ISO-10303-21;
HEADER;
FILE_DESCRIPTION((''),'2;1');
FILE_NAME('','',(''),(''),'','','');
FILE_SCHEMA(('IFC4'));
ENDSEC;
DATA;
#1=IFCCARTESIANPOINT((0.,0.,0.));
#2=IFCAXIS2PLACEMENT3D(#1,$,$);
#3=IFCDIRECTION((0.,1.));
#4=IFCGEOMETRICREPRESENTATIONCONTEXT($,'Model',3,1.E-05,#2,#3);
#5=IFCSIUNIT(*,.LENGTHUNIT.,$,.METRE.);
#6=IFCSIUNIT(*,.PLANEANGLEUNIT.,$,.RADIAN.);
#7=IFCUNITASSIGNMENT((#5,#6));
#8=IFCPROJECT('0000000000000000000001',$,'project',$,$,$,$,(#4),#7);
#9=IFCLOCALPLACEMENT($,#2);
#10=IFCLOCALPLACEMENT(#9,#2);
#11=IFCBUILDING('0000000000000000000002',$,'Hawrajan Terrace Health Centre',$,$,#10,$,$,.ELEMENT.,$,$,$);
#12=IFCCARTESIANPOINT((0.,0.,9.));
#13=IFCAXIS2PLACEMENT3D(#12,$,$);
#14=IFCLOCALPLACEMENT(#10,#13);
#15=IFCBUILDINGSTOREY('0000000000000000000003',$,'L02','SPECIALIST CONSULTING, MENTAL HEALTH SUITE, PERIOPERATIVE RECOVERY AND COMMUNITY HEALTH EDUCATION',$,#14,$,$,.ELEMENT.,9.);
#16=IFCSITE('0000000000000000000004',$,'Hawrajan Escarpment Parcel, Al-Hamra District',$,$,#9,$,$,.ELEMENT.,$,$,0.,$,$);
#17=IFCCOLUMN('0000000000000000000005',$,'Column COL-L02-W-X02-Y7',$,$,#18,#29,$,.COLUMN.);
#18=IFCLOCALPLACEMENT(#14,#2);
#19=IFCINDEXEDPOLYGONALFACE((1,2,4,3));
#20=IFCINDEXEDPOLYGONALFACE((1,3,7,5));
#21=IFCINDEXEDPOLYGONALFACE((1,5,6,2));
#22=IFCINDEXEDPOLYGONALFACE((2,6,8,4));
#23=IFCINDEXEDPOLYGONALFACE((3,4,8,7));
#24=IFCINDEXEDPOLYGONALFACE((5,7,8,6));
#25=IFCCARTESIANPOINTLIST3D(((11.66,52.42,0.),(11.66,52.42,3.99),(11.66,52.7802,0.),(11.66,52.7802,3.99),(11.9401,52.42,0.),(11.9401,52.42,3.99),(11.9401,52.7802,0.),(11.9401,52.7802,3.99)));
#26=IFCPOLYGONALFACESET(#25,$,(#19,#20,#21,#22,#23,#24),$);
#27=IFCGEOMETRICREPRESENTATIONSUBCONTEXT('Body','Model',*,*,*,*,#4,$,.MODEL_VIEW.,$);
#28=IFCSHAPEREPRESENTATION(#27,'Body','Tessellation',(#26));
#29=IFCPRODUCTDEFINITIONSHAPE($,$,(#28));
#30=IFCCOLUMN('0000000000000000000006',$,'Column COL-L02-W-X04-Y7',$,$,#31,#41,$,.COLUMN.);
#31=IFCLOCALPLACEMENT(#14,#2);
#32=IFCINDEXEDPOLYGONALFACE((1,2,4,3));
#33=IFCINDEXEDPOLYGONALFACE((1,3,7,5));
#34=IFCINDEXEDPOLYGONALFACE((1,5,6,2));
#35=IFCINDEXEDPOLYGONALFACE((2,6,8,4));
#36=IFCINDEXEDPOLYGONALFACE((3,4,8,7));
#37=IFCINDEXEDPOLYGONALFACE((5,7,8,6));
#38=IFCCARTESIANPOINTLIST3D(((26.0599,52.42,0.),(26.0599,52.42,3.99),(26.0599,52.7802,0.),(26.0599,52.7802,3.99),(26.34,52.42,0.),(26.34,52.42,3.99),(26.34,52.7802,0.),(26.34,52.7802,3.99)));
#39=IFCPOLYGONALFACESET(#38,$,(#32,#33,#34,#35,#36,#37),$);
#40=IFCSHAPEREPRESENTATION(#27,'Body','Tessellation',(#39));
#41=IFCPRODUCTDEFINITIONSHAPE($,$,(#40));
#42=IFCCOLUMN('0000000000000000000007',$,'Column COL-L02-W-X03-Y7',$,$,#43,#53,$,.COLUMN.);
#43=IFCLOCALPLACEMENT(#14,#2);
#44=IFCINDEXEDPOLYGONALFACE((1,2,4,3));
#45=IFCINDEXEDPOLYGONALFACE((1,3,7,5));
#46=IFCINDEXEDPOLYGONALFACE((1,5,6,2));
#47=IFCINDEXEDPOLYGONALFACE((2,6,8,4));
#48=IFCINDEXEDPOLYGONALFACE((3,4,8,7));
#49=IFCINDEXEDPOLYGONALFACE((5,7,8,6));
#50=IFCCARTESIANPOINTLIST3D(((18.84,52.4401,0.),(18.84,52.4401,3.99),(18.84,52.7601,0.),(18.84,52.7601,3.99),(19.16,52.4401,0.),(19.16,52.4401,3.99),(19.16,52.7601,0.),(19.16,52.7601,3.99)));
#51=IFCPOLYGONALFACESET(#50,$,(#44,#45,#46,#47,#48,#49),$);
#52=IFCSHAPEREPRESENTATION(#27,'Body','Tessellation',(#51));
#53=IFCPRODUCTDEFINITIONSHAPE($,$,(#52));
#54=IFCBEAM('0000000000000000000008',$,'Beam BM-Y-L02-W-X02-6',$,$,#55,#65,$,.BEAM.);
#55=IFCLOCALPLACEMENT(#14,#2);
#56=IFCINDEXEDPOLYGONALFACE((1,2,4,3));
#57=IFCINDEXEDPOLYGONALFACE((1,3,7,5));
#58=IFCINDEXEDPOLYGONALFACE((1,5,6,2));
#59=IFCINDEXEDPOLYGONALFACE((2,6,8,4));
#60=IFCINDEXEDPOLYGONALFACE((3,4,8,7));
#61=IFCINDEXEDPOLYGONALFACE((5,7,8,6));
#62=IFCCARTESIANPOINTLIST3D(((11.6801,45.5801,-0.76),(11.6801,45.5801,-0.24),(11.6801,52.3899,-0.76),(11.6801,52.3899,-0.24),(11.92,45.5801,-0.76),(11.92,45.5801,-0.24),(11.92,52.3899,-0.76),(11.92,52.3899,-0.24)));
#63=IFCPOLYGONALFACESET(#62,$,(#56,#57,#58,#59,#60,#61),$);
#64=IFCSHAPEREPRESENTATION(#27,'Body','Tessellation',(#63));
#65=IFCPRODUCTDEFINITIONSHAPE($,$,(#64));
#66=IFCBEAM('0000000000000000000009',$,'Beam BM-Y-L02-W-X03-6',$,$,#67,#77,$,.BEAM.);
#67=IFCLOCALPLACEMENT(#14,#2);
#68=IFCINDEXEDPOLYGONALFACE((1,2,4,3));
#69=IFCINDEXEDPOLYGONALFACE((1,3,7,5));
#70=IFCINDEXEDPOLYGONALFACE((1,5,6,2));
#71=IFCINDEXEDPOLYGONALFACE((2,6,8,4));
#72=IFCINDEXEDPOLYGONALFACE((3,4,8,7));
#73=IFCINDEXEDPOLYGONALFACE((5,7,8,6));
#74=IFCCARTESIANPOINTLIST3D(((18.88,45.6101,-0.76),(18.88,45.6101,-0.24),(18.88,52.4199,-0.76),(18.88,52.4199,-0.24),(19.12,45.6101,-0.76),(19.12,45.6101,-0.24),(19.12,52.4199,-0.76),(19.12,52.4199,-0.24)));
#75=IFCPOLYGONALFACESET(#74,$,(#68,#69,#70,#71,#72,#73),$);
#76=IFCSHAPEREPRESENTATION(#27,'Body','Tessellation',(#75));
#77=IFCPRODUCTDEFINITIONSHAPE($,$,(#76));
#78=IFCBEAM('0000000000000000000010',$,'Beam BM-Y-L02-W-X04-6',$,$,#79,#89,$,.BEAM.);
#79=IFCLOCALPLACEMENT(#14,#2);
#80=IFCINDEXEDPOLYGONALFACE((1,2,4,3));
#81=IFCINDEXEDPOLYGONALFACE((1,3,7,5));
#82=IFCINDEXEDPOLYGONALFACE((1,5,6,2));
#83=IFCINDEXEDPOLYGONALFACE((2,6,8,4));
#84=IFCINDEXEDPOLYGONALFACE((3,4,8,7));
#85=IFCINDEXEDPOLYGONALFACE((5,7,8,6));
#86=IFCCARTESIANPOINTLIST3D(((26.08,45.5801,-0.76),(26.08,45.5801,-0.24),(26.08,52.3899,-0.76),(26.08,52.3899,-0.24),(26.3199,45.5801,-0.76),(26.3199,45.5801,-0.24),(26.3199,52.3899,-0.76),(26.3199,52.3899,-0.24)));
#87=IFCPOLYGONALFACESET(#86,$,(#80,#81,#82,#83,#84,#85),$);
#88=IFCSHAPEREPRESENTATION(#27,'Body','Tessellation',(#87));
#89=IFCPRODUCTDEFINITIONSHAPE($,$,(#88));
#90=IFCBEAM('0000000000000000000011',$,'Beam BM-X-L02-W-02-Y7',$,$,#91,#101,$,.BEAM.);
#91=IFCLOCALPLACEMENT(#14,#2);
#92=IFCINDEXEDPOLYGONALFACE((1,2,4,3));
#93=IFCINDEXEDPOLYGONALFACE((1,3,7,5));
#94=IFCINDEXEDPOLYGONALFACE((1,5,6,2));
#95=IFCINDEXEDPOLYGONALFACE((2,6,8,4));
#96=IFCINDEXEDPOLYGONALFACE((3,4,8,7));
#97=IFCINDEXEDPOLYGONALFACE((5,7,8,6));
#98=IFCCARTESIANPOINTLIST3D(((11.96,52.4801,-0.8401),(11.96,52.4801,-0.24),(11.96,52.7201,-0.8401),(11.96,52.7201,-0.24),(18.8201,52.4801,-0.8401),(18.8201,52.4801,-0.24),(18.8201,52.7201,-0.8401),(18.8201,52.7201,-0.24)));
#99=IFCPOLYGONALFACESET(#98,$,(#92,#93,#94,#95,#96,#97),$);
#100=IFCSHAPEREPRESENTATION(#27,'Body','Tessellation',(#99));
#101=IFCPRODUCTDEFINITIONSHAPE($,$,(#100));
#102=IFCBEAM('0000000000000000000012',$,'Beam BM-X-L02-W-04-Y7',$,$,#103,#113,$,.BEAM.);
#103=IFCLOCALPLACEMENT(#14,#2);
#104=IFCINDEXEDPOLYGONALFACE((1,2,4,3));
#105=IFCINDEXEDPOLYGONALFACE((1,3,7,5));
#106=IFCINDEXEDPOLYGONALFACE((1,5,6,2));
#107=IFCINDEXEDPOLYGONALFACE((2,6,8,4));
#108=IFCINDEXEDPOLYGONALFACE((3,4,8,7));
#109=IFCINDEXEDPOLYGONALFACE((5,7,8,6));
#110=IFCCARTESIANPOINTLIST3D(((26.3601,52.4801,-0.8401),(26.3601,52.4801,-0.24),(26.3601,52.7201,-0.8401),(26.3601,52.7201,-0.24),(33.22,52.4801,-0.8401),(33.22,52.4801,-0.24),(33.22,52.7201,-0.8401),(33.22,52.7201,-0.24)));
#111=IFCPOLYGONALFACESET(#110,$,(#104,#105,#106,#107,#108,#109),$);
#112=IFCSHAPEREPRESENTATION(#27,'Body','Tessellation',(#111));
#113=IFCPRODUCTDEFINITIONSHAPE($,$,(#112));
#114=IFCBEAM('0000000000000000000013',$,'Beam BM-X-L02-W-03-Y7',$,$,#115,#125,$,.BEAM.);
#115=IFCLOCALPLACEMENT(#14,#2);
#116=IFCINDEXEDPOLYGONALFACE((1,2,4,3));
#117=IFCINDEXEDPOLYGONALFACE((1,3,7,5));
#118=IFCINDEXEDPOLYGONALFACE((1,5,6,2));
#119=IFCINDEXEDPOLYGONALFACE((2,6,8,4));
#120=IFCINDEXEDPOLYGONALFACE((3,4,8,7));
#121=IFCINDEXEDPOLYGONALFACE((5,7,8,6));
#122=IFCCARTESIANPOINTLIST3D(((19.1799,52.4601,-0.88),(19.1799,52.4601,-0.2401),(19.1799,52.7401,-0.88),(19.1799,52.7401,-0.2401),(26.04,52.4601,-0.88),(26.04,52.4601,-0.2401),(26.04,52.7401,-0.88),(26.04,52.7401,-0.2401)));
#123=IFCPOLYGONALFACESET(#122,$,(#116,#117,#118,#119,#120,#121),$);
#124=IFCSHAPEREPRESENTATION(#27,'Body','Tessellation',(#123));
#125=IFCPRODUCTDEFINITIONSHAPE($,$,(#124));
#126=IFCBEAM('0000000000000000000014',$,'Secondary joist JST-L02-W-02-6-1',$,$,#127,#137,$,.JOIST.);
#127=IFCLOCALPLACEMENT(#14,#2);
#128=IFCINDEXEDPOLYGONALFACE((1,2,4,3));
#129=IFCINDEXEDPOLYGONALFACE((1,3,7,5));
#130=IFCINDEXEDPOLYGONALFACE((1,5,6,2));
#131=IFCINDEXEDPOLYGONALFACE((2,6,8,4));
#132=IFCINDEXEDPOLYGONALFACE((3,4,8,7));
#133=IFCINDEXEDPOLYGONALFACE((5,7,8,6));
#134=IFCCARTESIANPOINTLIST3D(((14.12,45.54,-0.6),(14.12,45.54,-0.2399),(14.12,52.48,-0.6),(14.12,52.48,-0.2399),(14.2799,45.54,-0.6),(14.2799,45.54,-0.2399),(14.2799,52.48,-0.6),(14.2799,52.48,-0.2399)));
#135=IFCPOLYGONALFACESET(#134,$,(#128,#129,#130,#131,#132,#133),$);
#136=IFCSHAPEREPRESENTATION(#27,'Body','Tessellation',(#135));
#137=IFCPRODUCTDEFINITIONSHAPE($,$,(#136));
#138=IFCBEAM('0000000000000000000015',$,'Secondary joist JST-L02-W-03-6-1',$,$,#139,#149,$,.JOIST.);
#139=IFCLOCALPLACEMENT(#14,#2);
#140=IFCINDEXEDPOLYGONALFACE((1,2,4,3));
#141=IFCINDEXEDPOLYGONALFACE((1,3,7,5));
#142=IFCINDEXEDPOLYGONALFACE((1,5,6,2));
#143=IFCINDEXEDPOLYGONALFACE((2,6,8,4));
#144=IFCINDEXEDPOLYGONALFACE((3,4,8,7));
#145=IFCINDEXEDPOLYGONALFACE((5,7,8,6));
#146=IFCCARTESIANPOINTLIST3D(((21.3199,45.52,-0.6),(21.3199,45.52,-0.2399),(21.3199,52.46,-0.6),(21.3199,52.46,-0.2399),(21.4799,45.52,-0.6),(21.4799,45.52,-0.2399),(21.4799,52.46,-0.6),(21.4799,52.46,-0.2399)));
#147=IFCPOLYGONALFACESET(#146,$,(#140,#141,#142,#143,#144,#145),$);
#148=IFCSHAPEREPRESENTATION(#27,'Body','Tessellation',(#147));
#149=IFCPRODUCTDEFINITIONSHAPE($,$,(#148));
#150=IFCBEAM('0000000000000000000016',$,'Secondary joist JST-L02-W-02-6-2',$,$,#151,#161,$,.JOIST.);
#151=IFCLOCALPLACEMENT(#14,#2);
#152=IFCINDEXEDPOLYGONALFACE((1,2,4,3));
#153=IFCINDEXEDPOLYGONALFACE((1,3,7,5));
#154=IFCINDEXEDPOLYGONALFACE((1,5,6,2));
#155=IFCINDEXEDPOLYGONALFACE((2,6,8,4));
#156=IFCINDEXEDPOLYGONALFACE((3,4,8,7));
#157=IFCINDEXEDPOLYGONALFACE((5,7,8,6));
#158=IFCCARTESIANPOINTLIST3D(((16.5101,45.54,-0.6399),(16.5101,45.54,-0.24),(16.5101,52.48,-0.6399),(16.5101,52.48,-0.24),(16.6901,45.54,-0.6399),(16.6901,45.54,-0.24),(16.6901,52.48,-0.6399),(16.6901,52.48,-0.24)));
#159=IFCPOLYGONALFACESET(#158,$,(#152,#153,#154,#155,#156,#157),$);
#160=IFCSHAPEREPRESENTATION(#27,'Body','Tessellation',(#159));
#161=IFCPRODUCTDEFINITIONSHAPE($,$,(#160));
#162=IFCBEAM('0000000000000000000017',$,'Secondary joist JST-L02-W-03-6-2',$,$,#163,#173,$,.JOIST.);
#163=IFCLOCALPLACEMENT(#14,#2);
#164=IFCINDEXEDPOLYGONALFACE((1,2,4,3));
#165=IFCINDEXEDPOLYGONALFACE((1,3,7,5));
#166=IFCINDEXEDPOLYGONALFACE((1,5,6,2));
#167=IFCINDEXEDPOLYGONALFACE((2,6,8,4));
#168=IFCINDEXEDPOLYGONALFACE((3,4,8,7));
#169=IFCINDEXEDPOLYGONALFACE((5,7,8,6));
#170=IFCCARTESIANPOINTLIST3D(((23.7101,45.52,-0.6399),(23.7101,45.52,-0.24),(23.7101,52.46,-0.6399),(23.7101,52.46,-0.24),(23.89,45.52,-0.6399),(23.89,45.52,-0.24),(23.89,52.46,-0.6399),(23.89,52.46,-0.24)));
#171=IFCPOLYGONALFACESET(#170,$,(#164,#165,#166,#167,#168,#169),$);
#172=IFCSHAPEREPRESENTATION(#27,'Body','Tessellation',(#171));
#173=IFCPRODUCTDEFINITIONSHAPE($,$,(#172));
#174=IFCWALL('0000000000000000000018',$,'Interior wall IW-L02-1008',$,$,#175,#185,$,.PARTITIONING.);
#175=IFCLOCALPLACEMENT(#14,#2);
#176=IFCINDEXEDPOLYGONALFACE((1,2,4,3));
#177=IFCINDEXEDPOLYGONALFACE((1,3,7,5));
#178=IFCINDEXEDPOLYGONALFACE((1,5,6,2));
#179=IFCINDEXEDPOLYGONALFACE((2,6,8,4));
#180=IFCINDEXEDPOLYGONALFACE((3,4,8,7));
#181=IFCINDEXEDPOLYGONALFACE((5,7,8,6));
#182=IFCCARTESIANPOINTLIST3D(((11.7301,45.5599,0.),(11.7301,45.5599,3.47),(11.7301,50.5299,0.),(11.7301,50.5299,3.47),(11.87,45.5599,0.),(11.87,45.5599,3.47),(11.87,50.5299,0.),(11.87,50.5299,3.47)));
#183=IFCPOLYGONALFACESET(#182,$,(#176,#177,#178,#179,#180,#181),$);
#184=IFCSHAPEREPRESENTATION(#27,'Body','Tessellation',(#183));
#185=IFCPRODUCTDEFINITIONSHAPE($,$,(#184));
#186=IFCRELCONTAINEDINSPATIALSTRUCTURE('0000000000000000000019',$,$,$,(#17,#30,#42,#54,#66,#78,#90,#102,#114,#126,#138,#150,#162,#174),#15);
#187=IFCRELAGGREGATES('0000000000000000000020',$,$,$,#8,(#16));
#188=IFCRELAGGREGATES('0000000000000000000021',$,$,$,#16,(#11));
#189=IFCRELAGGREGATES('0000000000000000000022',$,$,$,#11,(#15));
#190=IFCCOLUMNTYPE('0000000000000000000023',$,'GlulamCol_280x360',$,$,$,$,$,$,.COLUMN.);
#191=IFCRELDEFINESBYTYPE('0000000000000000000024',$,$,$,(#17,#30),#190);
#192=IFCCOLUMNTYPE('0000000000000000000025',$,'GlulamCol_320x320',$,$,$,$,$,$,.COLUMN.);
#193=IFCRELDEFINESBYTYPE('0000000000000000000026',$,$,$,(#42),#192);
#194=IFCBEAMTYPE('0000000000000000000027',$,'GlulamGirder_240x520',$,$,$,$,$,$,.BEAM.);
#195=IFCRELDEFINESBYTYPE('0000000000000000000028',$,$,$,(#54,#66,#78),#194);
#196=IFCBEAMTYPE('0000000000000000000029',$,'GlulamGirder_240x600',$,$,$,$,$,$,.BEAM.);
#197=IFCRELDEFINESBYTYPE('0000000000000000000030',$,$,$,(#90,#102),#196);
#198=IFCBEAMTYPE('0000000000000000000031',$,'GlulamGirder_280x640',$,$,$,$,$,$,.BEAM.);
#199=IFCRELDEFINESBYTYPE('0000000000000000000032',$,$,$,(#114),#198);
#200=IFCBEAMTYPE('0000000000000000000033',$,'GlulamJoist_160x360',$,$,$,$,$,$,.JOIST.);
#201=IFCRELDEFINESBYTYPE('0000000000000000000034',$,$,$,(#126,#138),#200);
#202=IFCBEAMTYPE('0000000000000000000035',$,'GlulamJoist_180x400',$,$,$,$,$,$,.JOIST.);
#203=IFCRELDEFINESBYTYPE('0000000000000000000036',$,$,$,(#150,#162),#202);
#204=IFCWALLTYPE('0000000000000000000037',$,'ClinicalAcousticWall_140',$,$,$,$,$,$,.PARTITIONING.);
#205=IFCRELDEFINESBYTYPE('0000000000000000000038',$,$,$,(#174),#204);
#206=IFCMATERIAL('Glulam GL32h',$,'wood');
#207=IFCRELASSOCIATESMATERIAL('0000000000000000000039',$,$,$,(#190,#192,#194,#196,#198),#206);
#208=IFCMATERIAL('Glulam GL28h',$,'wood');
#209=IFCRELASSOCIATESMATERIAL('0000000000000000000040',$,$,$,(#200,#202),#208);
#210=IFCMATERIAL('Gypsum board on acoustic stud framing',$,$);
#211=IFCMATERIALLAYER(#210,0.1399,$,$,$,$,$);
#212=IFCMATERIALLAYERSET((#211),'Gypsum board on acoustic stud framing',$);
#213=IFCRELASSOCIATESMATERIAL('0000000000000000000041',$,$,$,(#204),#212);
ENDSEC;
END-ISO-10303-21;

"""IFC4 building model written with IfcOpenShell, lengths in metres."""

from ifc_helpers import new_model, si_unit, direction, frame, frame_2d, origin, origin_2d, place, context, subcontext, project, spatial, rectangle, extrude, material, layer, layer_set, material_profile, profile_set, type_object, element, save


model = new_model("IFC4")

# Units and contexts
model_context = context("Model", 3, precision=1e-05, world=origin(), true_north=direction((0.0, 1.0)))
body_context = subcontext(model_context, "Body", "Model", "MODEL_VIEW")
ifc_project = project(units=[si_unit("LENGTHUNIT", "METRE"), si_unit("PLANEANGLEUNIT", "RADIAN")], contexts=[model_context])

# Site, building, storey
site_placement = place(None, origin())
site = spatial("IfcSite", under=ifc_project, at=site_placement, Name="Hawrajan Escarpment Parcel, Al-Hamra District", CompositionType="ELEMENT", RefElevation=0.0)
building_placement = place(site_placement, origin())
building = spatial("IfcBuilding", under=site, at=building_placement, Name="Hawrajan Terrace Health Centre", CompositionType="ELEMENT")
storey_placement = place(building_placement, frame((0.0, 0.0, 9.0)))
storey = spatial("IfcBuildingStorey", under=building, at=storey_placement, Name="L02", Description="SPECIALIST CONSULTING, MENTAL HEALTH SUITE, PERIOPERATIVE RECOVERY AND COMMUNITY HEALTH EDUCATION", CompositionType="ELEMENT", Elevation=9.0)

# Columns
ifc_material_1 = material(Name="Glulam GL32h", Category="wood")
ifc_material_profile_1 = material_profile(ifc_material_1, rectangle(XDim=0.28, YDim=0.3601, at=origin_2d()), Name="GL 280x360")
ifc_profile_set_1 = profile_set([ifc_material_profile_1], Name="Glulam GL32h")
column_type_1 = type_object("IfcColumnType", Name="GlulamCol_280x360", PredefinedType="COLUMN", material=ifc_profile_set_1)
for number, where, z_axis, x_axis, name in (
    (1, (11.8, 52.6001, 0.0), (0.0, 0.0, 1.0), (1.0, 0.0, 0.0), "Column COL-L02-W-X02-Y7"),
    (2, (26.2, 52.6001, 0.0), (0.0, 0.0, 1.0), (1.0, 0.0, 0.0), "Column COL-L02-W-X04-Y7"),
):
    element("IfcColumn", number, at=place(storey_placement, frame(where, z_axis=z_axis, x_axis=x_axis)), inside=storey, type_object=column_type_1, Name=name, PredefinedType="COLUMN", context=body_context, shape_type="SweptSolid", body=[
        extrude(rectangle(XDim=0.28, YDim=0.3601, at=origin_2d()), origin(), (0.0, 0.0, 1.0), 3.99),
    ])
ifc_material_profile_2 = material_profile(ifc_material_1, rectangle(XDim=0.3201, YDim=0.3201, at=origin_2d()), Name="GL 320x320")
ifc_profile_set_2 = profile_set([ifc_material_profile_2], Name="Glulam GL32h")
column_type_2 = type_object("IfcColumnType", Name="GlulamCol_320x320", PredefinedType="COLUMN", material=ifc_profile_set_2)
column_placement = place(storey_placement, frame((19.0, 52.6001, 0.0), z_axis=(0.0, 0.0, 1.0), x_axis=(1.0, 0.0, 0.0)))
element("IfcColumn", 3, at=column_placement, inside=storey, type_object=column_type_2, Name="Column COL-L02-W-X03-Y7", PredefinedType="COLUMN", context=body_context, shape_type="SweptSolid", body=[
    extrude(rectangle(XDim=0.3201, YDim=0.3201, at=origin_2d()), origin(), (0.0, 0.0, 1.0), 3.99),
])

# Beams
ifc_material_profile_3 = material_profile(ifc_material_1, rectangle(XDim=0.24, YDim=0.52, at=origin_2d()), Name="GL BM 240x520")
ifc_profile_set_3 = profile_set([ifc_material_profile_3], Name="Glulam GL32h")
beam_type_1 = type_object("IfcBeamType", Name="GlulamGirder_240x520", PredefinedType="BEAM", material=ifc_profile_set_3)
for number, where, z_axis, x_axis, name in (
    (4, (11.8, 45.5801, -0.5), (0.0, 1.0, 0.0), (-1.0, 0.0, 0.0), "Beam BM-Y-L02-W-X02-6"),
    (5, (19.0, 45.6101, -0.5), (0.0, 1.0, 0.0), (-1.0, 0.0, 0.0), "Beam BM-Y-L02-W-X03-6"),
    (6, (26.2, 45.5801, -0.5), (0.0, 1.0, 0.0), (-1.0, 0.0, 0.0), "Beam BM-Y-L02-W-X04-6"),
):
    element("IfcBeam", number, at=place(storey_placement, frame(where, z_axis=z_axis, x_axis=x_axis)), inside=storey, type_object=beam_type_1, Name=name, PredefinedType="BEAM", context=body_context, shape_type="SweptSolid", body=[
        extrude(rectangle(XDim=0.24, YDim=0.52, at=origin_2d()), origin(), (0.0, 0.0, 1.0), 6.8098),
    ])
ifc_material_profile_4 = material_profile(ifc_material_1, rectangle(XDim=0.24, YDim=0.6001, at=origin_2d()), Name="GL BM 240x600")
ifc_profile_set_4 = profile_set([ifc_material_profile_4], Name="Glulam GL32h")
beam_type_2 = type_object("IfcBeamType", Name="GlulamGirder_240x600", PredefinedType="BEAM", material=ifc_profile_set_4)
beam_1_placement = place(storey_placement, frame((11.96, 52.6001, -0.54), z_axis=(1.0, 0.0, 0.0), x_axis=(0.0, 1.0, 0.0)))
element("IfcBeam", 7, at=beam_1_placement, inside=storey, type_object=beam_type_2, Name="Beam BM-X-L02-W-02-Y7", PredefinedType="BEAM", context=body_context, shape_type="SweptSolid", body=[
    extrude(rectangle(XDim=0.24, YDim=0.6001, at=origin_2d()), origin(), (0.0, 0.0, 1.0), 6.8601),
])
beam_2_placement = place(storey_placement, frame((26.3601, 52.6001, -0.54), z_axis=(1.0, 0.0, 0.0), x_axis=(0.0, 1.0, 0.0)))
element("IfcBeam", 8, at=beam_2_placement, inside=storey, type_object=beam_type_2, Name="Beam BM-X-L02-W-04-Y7", PredefinedType="BEAM", context=body_context, shape_type="SweptSolid", body=[
    extrude(rectangle(XDim=0.24, YDim=0.6001, at=origin_2d()), origin(), (0.0, 0.0, 1.0), 6.8599),
])
ifc_material_profile_5 = material_profile(ifc_material_1, rectangle(XDim=0.28, YDim=0.6399, at=origin_2d()), Name="GL BM 280x640")
ifc_profile_set_5 = profile_set([ifc_material_profile_5], Name="Glulam GL32h")
beam_type_3 = type_object("IfcBeamType", Name="GlulamGirder_280x640", PredefinedType="BEAM", material=ifc_profile_set_5)
beam_3_placement = place(storey_placement, frame((19.1799, 52.6001, -0.5601), z_axis=(1.0, 0.0, 0.0), x_axis=(0.0, 1.0, 0.0)))
element("IfcBeam", 9, at=beam_3_placement, inside=storey, type_object=beam_type_3, Name="Beam BM-X-L02-W-03-Y7", PredefinedType="BEAM", context=body_context, shape_type="SweptSolid", body=[
    extrude(rectangle(XDim=0.28, YDim=0.6399, at=origin_2d()), origin(), (0.0, 0.0, 1.0), 6.8601),
])
ifc_material_2 = material(Name="Glulam GL28h", Category="wood")
ifc_material_profile_6 = material_profile(ifc_material_2, rectangle(XDim=0.1599, YDim=0.3601, at=origin_2d()), Name="GL JST 160x360")
ifc_profile_set_6 = profile_set([ifc_material_profile_6], Name="Glulam GL28h")
beam_type_4 = type_object("IfcBeamType", Name="GlulamJoist_160x360", PredefinedType="JOIST", material=ifc_profile_set_6)
for number, where, z_axis, x_axis, name in (
    (10, (14.2, 45.54, -0.4199), (0.0, 1.0, 0.0), (-1.0, 0.0, 0.0), "Secondary joist JST-L02-W-02-6-1"),
    (11, (21.3999, 45.52, -0.4199), (0.0, 1.0, 0.0), (-1.0, 0.0, 0.0), "Secondary joist JST-L02-W-03-6-1"),
):
    element("IfcBeam", number, at=place(storey_placement, frame(where, z_axis=z_axis, x_axis=x_axis)), inside=storey, type_object=beam_type_4, Name=name, PredefinedType="JOIST", context=body_context, shape_type="SweptSolid", body=[
        extrude(rectangle(XDim=0.1599, YDim=0.3601, at=origin_2d()), origin(), (0.0, 0.0, 1.0), 6.9399),
    ])
ifc_material_profile_7 = material_profile(ifc_material_2, rectangle(XDim=0.1799, YDim=0.3999, at=origin_2d()), Name="GL JST 180x400")
ifc_profile_set_7 = profile_set([ifc_material_profile_7], Name="Glulam GL28h")
beam_type_5 = type_object("IfcBeamType", Name="GlulamJoist_180x400", PredefinedType="JOIST", material=ifc_profile_set_7)
for number, where, z_axis, x_axis, name in (
    (12, (16.6001, 45.54, -0.4399), (0.0, 1.0, 0.0), (-1.0, 0.0, 0.0), "Secondary joist JST-L02-W-02-6-2"),
    (13, (23.8, 45.52, -0.4399), (0.0, 1.0, 0.0), (-1.0, 0.0, 0.0), "Secondary joist JST-L02-W-03-6-2"),
):
    element("IfcBeam", number, at=place(storey_placement, frame(where, z_axis=z_axis, x_axis=x_axis)), inside=storey, type_object=beam_type_5, Name=name, PredefinedType="JOIST", context=body_context, shape_type="SweptSolid", body=[
        extrude(rectangle(XDim=0.1799, YDim=0.3999, at=origin_2d()), origin(), (0.0, 0.0, 1.0), 6.9399),
    ])

# Wall
ifc_material_3 = material(Name="Gypsum board on acoustic stud framing")
ifc_layer = layer(ifc_material_3, 0.1399)
ifc_layer_set = layer_set([ifc_layer], Name="Gypsum board on acoustic stud framing")
wall_type = type_object("IfcWallType", Name="ClinicalAcousticWall_140", PredefinedType="PARTITIONING", material=ifc_layer_set)
wall_1_placement = place(storey_placement, frame((11.8, 45.5601, 0.0), z_axis=(0.0, 0.0, 1.0), x_axis=(0.0, 1.0, 0.0)))
element("IfcWall", 14, at=wall_1_placement, inside=storey, type_object=wall_type, Name="Interior wall IW-L02-1008", PredefinedType="PARTITIONING", context=body_context, shape_type="SweptSolid", body=[
    extrude(rectangle(XDim=4.97, YDim=0.1399, at=frame_2d((2.4849, 0.0))), origin(), (0.0, 0.0, 1.0), 3.47),
])

save(model, "model.ifc")
